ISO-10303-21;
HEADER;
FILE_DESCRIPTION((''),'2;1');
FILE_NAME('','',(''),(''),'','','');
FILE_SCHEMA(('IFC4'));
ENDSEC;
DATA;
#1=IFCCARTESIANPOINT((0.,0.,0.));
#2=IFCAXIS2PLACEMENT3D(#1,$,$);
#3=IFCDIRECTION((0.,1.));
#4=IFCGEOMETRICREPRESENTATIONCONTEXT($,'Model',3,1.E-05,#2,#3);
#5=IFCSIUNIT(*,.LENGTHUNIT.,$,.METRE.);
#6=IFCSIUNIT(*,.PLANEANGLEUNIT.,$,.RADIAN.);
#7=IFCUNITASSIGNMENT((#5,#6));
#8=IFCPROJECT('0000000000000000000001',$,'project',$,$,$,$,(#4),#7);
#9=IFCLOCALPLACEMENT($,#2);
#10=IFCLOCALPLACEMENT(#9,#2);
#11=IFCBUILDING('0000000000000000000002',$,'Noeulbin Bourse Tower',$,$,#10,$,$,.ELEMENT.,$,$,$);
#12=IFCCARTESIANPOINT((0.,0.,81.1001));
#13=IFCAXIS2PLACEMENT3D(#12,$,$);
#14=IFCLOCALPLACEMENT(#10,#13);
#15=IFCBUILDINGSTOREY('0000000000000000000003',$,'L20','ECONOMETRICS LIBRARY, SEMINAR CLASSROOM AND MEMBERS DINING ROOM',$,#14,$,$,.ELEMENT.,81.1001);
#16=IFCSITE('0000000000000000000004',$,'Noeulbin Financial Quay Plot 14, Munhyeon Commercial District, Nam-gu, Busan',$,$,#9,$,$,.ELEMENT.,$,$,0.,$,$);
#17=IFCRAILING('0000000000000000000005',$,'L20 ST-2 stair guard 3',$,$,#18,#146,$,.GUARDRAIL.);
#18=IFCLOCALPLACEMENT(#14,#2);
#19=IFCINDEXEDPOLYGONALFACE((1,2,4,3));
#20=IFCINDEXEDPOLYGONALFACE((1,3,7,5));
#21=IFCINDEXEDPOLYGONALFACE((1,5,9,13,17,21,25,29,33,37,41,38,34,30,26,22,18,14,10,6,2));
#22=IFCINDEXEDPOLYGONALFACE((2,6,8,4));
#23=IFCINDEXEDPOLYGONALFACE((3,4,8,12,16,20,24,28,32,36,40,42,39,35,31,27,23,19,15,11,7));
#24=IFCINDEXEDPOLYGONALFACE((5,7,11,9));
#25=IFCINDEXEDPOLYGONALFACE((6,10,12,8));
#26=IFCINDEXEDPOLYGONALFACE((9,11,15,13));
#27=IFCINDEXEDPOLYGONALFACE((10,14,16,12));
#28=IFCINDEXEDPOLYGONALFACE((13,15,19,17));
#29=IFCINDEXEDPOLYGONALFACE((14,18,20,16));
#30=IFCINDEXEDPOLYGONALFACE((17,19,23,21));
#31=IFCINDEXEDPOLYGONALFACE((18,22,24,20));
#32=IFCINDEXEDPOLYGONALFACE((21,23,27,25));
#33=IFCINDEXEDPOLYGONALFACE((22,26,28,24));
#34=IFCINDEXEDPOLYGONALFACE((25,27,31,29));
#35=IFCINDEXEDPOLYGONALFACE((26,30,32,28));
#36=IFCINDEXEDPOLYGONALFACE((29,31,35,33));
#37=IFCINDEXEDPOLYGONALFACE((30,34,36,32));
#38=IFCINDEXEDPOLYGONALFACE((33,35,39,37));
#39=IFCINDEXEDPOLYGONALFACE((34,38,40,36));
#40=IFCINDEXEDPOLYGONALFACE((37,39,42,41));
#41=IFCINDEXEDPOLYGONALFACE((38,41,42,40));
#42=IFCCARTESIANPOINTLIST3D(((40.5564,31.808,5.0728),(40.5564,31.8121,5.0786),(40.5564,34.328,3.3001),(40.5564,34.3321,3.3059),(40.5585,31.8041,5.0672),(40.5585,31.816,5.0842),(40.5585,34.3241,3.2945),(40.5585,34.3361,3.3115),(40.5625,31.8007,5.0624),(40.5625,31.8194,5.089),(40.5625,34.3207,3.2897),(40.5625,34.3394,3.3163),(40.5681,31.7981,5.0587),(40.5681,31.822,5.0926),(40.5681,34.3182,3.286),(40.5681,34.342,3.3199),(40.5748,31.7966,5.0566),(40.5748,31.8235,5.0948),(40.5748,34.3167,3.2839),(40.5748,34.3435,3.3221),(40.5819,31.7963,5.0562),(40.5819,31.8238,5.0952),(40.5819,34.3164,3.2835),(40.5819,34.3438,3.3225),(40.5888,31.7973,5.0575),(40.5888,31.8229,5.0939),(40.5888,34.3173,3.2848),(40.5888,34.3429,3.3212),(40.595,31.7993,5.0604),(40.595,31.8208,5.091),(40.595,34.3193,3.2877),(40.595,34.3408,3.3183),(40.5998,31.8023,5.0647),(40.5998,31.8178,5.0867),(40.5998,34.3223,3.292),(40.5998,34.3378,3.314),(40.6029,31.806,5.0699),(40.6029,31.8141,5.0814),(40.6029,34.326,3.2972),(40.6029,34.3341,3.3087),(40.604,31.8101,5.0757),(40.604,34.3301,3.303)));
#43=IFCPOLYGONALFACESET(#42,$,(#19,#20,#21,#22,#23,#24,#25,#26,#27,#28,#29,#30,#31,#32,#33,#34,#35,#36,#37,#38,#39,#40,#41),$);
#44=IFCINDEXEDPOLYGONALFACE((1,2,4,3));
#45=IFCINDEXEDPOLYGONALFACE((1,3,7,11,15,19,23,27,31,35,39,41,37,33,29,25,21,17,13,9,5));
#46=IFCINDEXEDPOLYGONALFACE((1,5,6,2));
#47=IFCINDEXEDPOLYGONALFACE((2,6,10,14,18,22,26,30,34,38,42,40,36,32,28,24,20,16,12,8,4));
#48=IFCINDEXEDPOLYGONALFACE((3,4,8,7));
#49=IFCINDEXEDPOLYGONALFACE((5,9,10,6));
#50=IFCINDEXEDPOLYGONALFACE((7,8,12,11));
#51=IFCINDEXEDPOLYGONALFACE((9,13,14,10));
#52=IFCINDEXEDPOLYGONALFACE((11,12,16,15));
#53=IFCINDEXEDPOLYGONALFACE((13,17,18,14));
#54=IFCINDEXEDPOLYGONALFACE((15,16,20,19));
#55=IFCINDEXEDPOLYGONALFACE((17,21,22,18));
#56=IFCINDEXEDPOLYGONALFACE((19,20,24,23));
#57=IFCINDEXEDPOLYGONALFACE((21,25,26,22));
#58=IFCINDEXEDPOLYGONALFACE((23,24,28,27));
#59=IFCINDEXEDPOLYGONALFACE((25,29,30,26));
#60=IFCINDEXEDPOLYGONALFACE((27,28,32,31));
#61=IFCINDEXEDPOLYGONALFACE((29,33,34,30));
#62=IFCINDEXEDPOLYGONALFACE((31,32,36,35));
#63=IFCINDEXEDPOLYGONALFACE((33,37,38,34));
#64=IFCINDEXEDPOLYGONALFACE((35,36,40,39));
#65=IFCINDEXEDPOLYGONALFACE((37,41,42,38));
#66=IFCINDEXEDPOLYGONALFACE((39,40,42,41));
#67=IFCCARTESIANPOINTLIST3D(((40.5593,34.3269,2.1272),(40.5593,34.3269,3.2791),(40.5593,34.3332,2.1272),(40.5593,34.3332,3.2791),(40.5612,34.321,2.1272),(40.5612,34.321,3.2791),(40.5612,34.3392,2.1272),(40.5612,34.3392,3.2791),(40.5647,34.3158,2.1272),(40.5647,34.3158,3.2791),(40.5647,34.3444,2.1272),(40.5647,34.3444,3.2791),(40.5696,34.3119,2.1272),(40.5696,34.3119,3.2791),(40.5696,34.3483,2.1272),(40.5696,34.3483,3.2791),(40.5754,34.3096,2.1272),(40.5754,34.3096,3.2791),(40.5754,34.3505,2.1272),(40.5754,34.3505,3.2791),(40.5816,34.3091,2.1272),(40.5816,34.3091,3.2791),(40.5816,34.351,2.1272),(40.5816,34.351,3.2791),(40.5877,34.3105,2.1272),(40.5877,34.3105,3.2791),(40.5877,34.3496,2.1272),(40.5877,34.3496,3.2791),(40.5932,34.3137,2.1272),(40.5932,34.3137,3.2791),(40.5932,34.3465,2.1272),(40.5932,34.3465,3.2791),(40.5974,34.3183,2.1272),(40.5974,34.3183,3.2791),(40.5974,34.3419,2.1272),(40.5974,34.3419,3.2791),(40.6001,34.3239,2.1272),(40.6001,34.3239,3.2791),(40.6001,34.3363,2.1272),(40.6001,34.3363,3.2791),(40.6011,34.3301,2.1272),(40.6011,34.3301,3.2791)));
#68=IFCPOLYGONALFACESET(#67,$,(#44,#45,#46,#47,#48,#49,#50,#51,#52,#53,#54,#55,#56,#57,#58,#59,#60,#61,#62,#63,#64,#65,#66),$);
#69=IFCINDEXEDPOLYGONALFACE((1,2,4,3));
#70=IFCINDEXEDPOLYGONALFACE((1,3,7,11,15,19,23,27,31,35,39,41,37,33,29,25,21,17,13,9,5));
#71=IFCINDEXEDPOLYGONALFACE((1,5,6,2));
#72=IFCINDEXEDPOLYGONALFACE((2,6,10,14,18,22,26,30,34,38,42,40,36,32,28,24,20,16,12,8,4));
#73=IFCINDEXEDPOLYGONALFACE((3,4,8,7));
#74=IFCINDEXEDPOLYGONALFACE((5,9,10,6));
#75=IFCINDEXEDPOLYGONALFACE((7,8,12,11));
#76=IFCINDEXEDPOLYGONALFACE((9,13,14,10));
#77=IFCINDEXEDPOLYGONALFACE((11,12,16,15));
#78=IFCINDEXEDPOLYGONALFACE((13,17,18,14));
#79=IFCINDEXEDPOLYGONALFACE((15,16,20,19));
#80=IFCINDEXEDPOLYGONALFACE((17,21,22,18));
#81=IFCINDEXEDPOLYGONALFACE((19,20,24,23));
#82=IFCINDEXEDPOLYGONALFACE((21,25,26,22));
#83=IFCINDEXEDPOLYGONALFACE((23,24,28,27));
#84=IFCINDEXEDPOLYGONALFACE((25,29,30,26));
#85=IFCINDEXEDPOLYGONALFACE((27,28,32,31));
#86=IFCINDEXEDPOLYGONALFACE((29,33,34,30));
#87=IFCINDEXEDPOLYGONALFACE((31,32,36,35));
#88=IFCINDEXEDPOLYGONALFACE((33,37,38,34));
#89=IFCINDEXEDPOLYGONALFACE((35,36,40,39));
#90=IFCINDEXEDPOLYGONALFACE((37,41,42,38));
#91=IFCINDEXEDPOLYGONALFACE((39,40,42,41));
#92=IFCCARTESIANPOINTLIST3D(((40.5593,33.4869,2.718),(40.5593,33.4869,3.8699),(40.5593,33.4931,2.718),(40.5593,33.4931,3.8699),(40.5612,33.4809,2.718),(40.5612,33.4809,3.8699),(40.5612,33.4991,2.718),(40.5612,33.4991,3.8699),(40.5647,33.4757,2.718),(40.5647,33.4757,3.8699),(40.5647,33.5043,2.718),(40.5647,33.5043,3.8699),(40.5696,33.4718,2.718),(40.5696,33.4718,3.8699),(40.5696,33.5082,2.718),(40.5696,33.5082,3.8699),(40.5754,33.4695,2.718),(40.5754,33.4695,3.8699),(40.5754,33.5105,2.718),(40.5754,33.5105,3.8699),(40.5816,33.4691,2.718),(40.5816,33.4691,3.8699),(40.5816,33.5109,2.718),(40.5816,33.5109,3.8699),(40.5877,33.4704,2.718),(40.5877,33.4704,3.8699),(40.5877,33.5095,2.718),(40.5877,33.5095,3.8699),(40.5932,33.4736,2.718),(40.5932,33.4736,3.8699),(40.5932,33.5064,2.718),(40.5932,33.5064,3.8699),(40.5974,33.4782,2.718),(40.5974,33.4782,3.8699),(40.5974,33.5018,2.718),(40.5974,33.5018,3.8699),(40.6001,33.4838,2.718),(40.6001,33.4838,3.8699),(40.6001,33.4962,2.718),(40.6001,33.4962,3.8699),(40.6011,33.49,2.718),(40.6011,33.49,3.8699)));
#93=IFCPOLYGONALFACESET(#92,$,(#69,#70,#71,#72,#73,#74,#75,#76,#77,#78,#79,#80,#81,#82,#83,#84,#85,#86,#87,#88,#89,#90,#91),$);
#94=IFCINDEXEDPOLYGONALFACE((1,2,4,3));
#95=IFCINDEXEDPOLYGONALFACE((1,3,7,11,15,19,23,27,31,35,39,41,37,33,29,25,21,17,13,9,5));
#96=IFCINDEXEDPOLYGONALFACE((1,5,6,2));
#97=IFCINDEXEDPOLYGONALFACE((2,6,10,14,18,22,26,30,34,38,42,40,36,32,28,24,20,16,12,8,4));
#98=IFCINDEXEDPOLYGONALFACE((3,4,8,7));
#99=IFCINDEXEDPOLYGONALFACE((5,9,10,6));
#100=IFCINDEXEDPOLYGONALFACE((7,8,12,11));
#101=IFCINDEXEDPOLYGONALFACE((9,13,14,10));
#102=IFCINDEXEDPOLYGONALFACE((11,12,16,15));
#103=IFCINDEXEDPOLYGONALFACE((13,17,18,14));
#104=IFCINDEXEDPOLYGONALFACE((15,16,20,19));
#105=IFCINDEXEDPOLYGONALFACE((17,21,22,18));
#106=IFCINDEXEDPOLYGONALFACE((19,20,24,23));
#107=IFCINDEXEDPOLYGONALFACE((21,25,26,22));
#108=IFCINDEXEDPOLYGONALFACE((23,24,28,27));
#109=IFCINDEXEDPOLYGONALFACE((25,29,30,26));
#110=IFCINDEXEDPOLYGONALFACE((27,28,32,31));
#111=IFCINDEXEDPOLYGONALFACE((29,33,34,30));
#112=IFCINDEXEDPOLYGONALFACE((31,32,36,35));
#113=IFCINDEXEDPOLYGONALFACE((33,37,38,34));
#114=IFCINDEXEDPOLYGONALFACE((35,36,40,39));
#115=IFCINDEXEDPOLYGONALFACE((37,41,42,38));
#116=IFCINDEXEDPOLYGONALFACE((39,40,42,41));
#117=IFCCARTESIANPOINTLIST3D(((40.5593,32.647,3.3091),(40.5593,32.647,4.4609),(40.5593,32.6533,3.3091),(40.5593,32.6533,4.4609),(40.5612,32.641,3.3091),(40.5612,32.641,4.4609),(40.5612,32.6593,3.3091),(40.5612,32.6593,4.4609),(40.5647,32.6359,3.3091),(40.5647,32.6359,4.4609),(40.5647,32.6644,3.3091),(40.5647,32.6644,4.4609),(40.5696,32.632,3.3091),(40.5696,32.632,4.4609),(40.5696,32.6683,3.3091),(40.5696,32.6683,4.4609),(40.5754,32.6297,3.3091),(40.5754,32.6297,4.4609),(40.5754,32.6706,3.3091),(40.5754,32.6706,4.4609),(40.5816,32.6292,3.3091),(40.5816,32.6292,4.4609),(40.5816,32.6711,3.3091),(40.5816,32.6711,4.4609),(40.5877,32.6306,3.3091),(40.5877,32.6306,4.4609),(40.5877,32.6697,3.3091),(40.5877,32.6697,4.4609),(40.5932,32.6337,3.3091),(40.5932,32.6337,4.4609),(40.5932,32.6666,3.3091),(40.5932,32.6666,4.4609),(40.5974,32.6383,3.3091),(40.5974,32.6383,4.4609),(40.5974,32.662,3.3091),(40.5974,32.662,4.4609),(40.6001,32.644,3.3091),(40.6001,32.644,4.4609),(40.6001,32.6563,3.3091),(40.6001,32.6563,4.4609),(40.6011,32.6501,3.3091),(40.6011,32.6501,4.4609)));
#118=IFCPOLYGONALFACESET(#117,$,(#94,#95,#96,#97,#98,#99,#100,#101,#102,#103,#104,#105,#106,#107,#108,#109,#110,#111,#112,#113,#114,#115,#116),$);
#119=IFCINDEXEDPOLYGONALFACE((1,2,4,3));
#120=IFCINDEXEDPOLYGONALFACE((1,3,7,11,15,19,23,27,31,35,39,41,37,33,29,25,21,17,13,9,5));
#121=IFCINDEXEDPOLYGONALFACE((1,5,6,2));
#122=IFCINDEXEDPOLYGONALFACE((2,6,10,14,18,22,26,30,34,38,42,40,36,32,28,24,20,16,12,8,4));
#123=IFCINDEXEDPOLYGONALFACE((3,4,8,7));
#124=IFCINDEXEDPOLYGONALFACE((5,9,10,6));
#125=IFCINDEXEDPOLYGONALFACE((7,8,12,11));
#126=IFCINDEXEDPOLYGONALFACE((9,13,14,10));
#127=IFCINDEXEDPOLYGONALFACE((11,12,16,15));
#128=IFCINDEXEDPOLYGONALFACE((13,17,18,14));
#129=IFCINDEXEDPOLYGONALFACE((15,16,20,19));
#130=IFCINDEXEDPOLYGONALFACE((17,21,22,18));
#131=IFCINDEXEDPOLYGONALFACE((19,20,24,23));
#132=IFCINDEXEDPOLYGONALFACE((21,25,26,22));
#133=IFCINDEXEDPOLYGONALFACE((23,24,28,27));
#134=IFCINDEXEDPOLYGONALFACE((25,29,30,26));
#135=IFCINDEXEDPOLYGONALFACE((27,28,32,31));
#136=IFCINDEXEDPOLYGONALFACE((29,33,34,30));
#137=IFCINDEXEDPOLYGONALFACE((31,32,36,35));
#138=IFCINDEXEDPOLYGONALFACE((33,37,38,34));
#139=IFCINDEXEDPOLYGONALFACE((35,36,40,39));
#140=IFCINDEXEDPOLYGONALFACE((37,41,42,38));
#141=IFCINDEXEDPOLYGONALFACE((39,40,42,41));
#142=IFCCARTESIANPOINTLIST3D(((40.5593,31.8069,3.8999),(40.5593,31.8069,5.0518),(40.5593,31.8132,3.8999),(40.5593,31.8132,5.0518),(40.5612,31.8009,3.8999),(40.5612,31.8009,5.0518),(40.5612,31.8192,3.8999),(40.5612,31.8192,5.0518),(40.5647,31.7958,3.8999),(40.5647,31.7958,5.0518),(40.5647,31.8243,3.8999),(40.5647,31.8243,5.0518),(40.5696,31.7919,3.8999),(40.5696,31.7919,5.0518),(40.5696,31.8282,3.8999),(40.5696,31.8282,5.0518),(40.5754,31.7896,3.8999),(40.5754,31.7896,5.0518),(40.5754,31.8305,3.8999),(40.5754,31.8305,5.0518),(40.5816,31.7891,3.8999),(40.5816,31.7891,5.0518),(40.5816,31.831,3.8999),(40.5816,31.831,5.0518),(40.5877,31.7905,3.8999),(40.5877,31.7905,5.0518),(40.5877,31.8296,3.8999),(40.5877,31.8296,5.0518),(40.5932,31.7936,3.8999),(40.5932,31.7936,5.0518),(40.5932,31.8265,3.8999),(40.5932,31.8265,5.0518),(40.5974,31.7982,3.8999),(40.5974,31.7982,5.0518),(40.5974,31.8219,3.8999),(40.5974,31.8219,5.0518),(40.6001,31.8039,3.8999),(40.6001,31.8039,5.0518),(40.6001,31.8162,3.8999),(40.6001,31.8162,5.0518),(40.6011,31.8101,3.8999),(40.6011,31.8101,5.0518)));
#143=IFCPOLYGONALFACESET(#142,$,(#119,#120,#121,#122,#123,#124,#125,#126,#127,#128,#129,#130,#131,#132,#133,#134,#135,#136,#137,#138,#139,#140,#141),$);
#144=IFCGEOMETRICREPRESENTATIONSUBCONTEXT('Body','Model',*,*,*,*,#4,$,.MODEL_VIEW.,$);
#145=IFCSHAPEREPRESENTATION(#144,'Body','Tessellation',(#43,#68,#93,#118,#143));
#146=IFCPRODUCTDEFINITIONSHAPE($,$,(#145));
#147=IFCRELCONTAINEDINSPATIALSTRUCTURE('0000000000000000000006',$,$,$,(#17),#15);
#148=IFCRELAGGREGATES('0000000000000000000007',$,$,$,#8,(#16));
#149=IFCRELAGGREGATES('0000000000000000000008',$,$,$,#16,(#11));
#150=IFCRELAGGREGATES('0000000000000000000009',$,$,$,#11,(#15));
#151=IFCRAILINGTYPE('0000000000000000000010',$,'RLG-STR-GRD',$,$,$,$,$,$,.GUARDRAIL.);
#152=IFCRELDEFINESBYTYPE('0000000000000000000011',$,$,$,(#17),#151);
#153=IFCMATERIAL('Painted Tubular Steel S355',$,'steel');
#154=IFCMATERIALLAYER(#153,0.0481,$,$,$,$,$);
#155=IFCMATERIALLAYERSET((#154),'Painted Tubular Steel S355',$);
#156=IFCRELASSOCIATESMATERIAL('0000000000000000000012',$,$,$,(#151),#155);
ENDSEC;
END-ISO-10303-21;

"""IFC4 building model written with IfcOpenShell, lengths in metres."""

from ifc_helpers import new_model, si_unit, direction, frame, origin, origin_2d, place, context, subcontext, project, spatial, circle, extrude, material, layer, layer_set, type_object, element, save


model = new_model("IFC4")

# Units and contexts
model_context = context("Model", 3, precision=1e-05, world=origin(), true_north=direction((0.0, 1.0)))
body_context = subcontext(model_context, "Body", "Model", "MODEL_VIEW")
ifc_project = project(units=[si_unit("LENGTHUNIT", "METRE"), si_unit("PLANEANGLEUNIT", "RADIAN")], contexts=[model_context])

# Site, building, storey
site_placement = place(None, origin())
site = spatial("IfcSite", under=ifc_project, at=site_placement, Name="Noeulbin Financial Quay Plot 14, Munhyeon Commercial District, Nam-gu, Busan", CompositionType="ELEMENT", RefElevation=0.0)
building_placement = place(site_placement, origin())
building = spatial("IfcBuilding", under=site, at=building_placement, Name="Noeulbin Bourse Tower", CompositionType="ELEMENT")
storey_placement = place(building_placement, frame((0.0, 0.0, 81.1001)))
storey = spatial("IfcBuildingStorey", under=building, at=storey_placement, Name="L20", Description="ECONOMETRICS LIBRARY, SEMINAR CLASSROOM AND MEMBERS DINING ROOM", CompositionType="ELEMENT", Elevation=81.1001)

# Railing
ifc_material_1 = material(Name="Painted Tubular Steel S355", Category="steel")
ifc_layer_1 = layer(ifc_material_1, 0.0481)
ifc_layer_set_1 = layer_set([ifc_layer_1], Name="Painted Tubular Steel S355")
railing_type_1 = type_object("IfcRailingType", Name="RLG-STR-GRD", PredefinedType="GUARDRAIL", material=ifc_layer_set_1)
railing_1_placement = place(storey_placement, frame((40.5801, 34.3301, 2.1272)))
element("IfcRailing", 1, at=railing_1_placement, inside=storey, type_object=railing_type_1, Name="L20 ST-2 stair guard 3", PredefinedType="GUARDRAIL", context=body_context, shape_type="SweptSolid", body=[
    extrude(circle(Radius=0.0239, at=origin_2d()), frame((0.0, 0.0, 1.1758), z_axis=(0.0, -0.817904, 0.575354), x_axis=(1.0, 0.0, 0.0)), (0.0, 0.0, 1.0), 3.0811),
    extrude(circle(Radius=0.021, at=origin_2d()), origin(), (0.0, 0.0, 1.0), 1.1519),
    extrude(circle(Radius=0.021, at=origin_2d()), frame((0.0, -0.8401, 0.5908)), (0.0, 0.0, 1.0), 1.1519),
    extrude(circle(Radius=0.021, at=origin_2d()), frame((0.0, -1.6799, 1.1819)), (0.0, 0.0, 1.0), 1.1519),
    extrude(circle(Radius=0.021, at=origin_2d()), frame((0.0, -2.52, 1.7727)), (0.0, 0.0, 1.0), 1.1519),
])

save(model, "model.ifc")
